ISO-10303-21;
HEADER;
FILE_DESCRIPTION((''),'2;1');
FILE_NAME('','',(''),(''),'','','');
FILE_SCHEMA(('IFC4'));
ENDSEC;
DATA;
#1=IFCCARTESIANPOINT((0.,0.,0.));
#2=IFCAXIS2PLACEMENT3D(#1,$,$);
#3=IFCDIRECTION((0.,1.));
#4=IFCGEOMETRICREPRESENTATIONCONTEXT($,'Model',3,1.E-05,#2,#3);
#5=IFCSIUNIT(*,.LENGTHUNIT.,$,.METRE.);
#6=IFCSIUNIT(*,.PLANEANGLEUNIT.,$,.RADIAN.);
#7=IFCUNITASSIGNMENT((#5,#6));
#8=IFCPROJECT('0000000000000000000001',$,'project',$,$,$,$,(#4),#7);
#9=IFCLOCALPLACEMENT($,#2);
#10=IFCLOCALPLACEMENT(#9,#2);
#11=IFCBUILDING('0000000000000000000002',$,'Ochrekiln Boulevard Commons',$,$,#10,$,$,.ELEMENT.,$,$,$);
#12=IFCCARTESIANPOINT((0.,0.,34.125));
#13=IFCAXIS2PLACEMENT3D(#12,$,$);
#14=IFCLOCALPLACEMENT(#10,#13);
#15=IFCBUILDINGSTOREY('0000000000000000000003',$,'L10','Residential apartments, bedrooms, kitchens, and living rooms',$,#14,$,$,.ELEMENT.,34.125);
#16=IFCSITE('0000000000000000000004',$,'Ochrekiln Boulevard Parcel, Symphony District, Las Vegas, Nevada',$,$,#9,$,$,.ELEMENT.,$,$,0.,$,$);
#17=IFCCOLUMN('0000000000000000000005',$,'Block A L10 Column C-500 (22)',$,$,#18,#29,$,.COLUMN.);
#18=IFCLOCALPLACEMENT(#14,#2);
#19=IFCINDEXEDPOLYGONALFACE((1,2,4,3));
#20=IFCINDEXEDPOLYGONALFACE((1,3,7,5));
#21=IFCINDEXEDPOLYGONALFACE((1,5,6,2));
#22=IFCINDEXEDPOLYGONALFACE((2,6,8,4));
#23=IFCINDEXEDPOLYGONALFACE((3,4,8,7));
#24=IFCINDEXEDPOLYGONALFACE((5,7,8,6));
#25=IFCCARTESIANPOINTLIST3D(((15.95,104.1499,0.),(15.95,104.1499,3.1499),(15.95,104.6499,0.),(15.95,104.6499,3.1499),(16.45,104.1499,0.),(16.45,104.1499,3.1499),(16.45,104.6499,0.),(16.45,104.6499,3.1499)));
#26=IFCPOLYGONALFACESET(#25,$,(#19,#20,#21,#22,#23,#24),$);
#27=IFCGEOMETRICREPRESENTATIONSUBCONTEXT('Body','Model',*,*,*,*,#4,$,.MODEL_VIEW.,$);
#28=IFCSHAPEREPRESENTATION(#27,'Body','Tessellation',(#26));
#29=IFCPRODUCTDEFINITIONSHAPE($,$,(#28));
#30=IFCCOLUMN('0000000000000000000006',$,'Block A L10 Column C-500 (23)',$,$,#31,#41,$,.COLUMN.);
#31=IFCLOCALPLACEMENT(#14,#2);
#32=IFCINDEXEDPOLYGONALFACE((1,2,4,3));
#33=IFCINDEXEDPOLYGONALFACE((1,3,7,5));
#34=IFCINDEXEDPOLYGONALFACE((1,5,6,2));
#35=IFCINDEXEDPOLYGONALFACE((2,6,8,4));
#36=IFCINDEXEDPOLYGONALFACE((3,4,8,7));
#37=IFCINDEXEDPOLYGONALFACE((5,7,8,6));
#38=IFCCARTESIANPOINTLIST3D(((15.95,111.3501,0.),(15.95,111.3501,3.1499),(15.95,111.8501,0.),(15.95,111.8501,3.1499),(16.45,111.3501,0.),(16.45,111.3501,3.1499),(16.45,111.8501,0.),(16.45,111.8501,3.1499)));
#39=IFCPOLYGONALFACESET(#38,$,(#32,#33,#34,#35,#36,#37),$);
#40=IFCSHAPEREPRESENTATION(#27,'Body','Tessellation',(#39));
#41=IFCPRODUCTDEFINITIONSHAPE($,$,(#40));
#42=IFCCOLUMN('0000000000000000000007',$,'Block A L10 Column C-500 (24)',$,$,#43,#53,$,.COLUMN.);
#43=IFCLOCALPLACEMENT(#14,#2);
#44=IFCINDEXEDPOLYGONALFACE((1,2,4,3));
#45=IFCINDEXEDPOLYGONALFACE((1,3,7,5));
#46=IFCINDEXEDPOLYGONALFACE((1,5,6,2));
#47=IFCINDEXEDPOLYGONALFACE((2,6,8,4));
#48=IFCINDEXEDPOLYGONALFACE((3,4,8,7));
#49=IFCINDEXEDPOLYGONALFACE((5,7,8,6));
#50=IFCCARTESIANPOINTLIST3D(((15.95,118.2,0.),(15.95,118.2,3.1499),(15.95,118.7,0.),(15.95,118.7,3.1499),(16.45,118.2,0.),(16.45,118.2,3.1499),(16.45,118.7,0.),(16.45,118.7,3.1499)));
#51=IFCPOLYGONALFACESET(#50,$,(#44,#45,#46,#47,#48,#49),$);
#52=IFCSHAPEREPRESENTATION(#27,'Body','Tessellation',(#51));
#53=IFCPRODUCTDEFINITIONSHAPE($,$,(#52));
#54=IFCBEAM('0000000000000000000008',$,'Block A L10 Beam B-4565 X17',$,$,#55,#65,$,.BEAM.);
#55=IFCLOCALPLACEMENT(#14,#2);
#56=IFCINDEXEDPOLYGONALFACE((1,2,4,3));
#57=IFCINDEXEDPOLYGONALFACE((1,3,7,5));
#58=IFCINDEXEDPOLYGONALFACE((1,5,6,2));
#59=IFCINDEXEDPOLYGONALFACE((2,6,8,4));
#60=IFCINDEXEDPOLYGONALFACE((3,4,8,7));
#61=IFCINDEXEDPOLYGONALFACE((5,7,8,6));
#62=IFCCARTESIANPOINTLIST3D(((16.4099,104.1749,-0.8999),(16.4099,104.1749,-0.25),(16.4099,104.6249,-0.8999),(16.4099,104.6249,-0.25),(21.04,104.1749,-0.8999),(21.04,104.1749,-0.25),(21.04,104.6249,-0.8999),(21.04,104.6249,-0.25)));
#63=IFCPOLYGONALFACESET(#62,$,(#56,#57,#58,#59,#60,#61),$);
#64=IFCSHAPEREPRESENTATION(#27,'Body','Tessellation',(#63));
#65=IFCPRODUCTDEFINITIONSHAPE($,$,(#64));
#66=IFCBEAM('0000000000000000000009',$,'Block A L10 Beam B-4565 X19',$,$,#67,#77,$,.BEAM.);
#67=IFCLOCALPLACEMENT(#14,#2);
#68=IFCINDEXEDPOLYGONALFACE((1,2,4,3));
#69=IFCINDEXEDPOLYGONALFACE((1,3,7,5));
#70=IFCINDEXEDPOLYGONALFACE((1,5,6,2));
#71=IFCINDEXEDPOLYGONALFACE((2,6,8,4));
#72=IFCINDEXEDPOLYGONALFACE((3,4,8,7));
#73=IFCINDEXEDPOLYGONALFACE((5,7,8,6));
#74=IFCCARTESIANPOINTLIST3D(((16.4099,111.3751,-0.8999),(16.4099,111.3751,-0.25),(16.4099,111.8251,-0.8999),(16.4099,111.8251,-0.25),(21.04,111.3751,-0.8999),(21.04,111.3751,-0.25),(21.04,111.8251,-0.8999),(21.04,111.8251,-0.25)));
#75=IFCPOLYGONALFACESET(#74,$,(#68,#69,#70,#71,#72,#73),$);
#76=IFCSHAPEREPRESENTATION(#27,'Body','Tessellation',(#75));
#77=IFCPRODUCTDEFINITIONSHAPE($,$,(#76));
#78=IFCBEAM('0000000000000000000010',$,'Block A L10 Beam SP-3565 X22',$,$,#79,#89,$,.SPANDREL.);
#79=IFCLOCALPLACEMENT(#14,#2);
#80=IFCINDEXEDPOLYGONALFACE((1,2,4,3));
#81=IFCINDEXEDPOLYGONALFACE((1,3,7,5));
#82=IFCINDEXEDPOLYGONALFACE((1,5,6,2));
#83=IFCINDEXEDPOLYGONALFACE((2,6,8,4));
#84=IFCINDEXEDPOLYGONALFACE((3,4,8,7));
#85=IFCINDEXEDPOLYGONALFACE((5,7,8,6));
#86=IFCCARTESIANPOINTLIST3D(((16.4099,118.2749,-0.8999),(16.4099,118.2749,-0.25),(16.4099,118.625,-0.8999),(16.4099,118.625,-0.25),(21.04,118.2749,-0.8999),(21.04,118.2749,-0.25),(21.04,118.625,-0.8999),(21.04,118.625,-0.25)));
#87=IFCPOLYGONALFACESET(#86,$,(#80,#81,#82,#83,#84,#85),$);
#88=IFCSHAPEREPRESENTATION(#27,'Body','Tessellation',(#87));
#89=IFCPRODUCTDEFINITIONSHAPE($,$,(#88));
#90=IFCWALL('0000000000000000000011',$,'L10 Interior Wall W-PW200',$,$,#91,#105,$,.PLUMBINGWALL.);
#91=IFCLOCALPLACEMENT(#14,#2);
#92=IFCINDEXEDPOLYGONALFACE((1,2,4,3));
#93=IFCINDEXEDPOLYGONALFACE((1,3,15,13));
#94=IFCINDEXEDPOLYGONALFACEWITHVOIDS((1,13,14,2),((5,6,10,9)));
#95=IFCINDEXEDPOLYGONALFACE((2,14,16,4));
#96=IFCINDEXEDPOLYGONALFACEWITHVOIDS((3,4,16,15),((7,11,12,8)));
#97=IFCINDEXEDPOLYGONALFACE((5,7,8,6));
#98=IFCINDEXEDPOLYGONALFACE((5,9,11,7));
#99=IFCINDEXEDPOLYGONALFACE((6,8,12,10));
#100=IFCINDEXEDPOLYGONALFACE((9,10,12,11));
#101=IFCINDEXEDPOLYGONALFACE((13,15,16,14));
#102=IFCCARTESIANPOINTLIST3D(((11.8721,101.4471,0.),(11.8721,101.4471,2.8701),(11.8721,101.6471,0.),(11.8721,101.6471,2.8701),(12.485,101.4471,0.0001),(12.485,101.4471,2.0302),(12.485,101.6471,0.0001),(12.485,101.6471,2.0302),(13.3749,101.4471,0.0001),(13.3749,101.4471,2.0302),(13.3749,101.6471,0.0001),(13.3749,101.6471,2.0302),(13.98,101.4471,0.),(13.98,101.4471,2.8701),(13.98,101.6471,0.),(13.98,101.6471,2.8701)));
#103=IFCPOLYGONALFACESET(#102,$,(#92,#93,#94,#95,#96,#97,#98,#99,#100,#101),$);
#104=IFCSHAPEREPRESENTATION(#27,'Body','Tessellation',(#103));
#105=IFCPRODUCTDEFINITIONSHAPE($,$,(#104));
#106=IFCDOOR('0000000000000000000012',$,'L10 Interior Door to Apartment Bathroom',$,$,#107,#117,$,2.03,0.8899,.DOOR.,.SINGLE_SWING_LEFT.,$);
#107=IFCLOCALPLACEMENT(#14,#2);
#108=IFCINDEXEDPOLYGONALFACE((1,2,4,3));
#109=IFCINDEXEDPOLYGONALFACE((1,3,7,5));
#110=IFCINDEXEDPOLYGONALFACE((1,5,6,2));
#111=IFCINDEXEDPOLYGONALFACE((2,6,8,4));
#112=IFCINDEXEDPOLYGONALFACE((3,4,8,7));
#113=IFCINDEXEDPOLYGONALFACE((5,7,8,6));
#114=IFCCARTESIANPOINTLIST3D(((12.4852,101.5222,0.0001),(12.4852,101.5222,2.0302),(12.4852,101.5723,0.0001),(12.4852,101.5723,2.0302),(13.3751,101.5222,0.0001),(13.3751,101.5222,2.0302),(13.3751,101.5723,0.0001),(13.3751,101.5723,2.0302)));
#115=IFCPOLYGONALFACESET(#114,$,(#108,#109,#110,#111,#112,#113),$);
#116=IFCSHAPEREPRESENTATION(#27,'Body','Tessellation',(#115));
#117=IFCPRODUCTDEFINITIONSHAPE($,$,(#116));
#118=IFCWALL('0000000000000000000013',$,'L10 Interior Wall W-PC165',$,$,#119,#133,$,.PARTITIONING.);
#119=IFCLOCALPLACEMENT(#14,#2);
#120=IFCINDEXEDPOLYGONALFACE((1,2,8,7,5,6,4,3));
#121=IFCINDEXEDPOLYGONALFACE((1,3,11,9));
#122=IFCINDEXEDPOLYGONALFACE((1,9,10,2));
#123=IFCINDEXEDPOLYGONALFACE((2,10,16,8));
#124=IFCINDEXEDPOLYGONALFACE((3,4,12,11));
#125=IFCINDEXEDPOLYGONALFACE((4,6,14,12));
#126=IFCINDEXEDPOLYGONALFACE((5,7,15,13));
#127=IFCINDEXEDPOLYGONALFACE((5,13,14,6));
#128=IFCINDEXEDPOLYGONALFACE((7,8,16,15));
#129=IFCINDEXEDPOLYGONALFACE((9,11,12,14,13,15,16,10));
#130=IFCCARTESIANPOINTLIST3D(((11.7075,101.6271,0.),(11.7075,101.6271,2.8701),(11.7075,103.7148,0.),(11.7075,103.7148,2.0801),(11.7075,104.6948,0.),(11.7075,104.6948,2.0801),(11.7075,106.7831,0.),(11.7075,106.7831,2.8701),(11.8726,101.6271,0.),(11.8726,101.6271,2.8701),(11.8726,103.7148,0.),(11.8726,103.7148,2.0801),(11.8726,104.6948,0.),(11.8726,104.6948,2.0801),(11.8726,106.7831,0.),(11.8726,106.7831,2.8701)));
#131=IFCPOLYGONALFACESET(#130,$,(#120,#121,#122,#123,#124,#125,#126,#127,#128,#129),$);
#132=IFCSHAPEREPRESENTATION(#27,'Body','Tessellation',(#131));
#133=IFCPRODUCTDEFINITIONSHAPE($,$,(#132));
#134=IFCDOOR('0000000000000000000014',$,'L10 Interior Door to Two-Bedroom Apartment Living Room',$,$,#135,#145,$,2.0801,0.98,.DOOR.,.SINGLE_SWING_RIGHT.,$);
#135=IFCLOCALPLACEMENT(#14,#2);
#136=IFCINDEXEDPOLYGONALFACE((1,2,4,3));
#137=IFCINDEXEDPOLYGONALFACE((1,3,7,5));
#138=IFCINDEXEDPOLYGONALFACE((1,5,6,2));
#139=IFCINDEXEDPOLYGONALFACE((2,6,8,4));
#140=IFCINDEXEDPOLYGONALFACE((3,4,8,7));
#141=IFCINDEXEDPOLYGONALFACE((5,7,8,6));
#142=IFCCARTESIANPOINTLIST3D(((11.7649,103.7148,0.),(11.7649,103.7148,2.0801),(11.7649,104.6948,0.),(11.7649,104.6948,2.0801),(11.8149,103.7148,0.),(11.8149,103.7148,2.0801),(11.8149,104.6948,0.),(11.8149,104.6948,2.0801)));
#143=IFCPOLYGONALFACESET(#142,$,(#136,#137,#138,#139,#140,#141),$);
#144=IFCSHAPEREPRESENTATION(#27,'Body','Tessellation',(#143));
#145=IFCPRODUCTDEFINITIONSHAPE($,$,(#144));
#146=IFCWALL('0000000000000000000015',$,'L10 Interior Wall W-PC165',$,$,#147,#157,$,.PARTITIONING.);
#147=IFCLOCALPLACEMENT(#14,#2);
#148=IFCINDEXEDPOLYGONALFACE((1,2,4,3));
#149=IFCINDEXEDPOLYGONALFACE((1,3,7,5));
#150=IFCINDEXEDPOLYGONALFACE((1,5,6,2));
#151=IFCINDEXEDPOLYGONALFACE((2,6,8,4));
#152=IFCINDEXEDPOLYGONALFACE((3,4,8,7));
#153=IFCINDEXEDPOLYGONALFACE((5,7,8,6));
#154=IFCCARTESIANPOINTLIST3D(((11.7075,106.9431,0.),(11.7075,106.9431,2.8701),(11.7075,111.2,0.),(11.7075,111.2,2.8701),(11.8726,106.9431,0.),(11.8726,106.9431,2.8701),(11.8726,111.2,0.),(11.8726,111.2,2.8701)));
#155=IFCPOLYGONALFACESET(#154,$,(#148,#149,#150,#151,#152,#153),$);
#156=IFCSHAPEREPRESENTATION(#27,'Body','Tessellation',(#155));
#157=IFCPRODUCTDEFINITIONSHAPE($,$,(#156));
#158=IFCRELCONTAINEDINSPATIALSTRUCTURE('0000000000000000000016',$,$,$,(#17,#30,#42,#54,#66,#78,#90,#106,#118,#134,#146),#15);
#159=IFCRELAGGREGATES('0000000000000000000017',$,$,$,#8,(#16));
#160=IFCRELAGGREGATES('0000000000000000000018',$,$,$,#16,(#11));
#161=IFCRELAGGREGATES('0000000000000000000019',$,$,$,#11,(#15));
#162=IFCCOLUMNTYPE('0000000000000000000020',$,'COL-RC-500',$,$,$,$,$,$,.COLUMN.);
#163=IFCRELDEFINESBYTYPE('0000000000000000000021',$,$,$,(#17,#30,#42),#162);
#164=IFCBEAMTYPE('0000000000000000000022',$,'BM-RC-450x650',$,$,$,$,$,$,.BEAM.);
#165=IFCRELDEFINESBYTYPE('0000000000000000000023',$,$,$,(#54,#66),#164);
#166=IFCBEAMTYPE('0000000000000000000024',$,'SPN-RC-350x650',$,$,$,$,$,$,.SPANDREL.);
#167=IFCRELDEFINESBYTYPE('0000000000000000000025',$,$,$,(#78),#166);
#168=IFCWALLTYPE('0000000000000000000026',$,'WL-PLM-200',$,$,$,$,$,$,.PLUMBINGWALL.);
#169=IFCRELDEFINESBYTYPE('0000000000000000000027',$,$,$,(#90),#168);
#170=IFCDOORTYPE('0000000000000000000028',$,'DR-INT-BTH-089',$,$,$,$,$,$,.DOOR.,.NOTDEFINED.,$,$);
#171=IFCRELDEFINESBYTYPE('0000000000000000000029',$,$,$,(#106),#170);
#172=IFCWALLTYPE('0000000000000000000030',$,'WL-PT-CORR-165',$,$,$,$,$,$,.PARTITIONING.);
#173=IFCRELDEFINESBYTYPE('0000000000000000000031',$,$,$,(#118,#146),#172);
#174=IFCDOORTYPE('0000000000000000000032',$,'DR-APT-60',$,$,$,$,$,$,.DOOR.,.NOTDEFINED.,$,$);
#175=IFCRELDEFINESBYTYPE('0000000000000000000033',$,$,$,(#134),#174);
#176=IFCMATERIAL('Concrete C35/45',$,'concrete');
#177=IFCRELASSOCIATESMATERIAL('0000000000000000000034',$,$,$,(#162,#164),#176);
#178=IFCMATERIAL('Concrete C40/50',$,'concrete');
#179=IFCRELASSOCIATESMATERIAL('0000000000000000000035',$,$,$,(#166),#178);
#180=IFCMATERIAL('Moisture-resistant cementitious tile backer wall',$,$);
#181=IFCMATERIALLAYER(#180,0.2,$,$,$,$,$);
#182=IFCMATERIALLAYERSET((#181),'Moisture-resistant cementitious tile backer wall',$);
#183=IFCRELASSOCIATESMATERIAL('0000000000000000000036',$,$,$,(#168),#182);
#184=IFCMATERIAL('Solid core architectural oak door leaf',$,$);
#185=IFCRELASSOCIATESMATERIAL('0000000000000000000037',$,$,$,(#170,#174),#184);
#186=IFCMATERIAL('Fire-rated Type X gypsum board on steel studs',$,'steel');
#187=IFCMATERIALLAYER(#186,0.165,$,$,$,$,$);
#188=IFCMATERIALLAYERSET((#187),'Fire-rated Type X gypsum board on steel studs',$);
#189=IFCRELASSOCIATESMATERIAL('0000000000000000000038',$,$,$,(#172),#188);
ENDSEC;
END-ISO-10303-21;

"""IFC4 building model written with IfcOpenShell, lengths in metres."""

from ifc_helpers import new_model, si_unit, direction, frame, frame_2d, origin, origin_2d, place, context, subcontext, project, spatial, rectangle, extrude, material, layer, layer_set, material_profile, profile_set, type_object, element, fill, save


model = new_model("IFC4")

# Units and contexts
model_context = context("Model", 3, precision=1e-05, world=origin(), true_north=direction((0.0, 1.0)))
body_context = subcontext(model_context, "Body", "Model", "MODEL_VIEW")
ifc_project = project(units=[si_unit("LENGTHUNIT", "METRE"), si_unit("PLANEANGLEUNIT", "RADIAN")], contexts=[model_context])

# Site, building, storey
site_placement = place(None, origin())
site = spatial("IfcSite", under=ifc_project, at=site_placement, Name="Ochrekiln Boulevard Parcel, Symphony District, Las Vegas, Nevada", CompositionType="ELEMENT", RefElevation=0.0)
building_placement = place(site_placement, origin())
building = spatial("IfcBuilding", under=site, at=building_placement, Name="Ochrekiln Boulevard Commons", CompositionType="ELEMENT")
storey_placement = place(building_placement, frame((0.0, 0.0, 34.125)))
storey = spatial("IfcBuildingStorey", under=building, at=storey_placement, Name="L10", Description="Residential apartments, bedrooms, kitchens, and living rooms", CompositionType="ELEMENT", Elevation=34.125)

# Columns
ifc_material_1 = material(Name="Concrete C35/45", Category="concrete")
ifc_material_profile_1 = material_profile(ifc_material_1, rectangle(XDim=0.5, YDim=0.5, at=origin_2d()), Name="RC-COL-500x500")
ifc_profile_set_1 = profile_set([ifc_material_profile_1], Name="Concrete C35/45")
column_type = type_object("IfcColumnType", Name="COL-RC-500", PredefinedType="COLUMN", material=ifc_profile_set_1)
for number, where, z_axis, x_axis, name in (
    (1, (16.2, 104.3999, 0.0), (0.0, 0.0, 1.0), (1.0, 0.0, 0.0), "Block A L10 Column C-500 (22)"),
    (2, (16.2, 111.6001, 0.0), (0.0, 0.0, 1.0), (1.0, 0.0, 0.0), "Block A L10 Column C-500 (23)"),
    (3, (16.2, 118.45, 0.0), (0.0, 0.0, 1.0), (1.0, 0.0, 0.0), "Block A L10 Column C-500 (24)"),
):
    element("IfcColumn", number, at=place(storey_placement, frame(where, z_axis=z_axis, x_axis=x_axis)), inside=storey, type_object=column_type, Name=name, PredefinedType="COLUMN", context=body_context, shape_type="SweptSolid", body=[
        extrude(rectangle(XDim=0.5, YDim=0.5, at=origin_2d()), origin(), (0.0, 0.0, 1.0), 3.1499),
    ])

# Beams
ifc_material_profile_2 = material_profile(ifc_material_1, rectangle(XDim=0.45, YDim=0.6499, at=origin_2d()), Name="RC-BM-450x650")
ifc_profile_set_2 = profile_set([ifc_material_profile_2], Name="Concrete C35/45")
beam_type_1 = type_object("IfcBeamType", Name="BM-RC-450x650", PredefinedType="BEAM", material=ifc_profile_set_2)
for number, where, z_axis, x_axis, name in (
    (4, (16.4099, 104.3999, -0.575), (1.0, 0.0, 0.0), (0.0, 1.0, 0.0), "Block A L10 Beam B-4565 X17"),
    (5, (16.4099, 111.6001, -0.575), (1.0, 0.0, 0.0), (0.0, 1.0, 0.0), "Block A L10 Beam B-4565 X19"),
):
    element("IfcBeam", number, at=place(storey_placement, frame(where, z_axis=z_axis, x_axis=x_axis)), inside=storey, type_object=beam_type_1, Name=name, PredefinedType="BEAM", context=body_context, shape_type="SweptSolid", body=[
        extrude(rectangle(XDim=0.45, YDim=0.6499, at=origin_2d()), origin(), (0.0, 0.0, 1.0), 4.6301),
    ])
ifc_material_2 = material(Name="Concrete C40/50", Category="concrete")
ifc_material_profile_3 = material_profile(ifc_material_2, rectangle(XDim=0.3501, YDim=0.6499, at=origin_2d()), Name="RC-SPN-350x650")
ifc_profile_set_3 = profile_set([ifc_material_profile_3], Name="Concrete C40/50")
beam_type_2 = type_object("IfcBeamType", Name="SPN-RC-350x650", PredefinedType="SPANDREL", material=ifc_profile_set_3)
beam_placement = place(storey_placement, frame((16.4099, 118.45, -0.575), z_axis=(1.0, 0.0, 0.0), x_axis=(0.0, 1.0, 0.0)))
element("IfcBeam", 6, at=beam_placement, inside=storey, type_object=beam_type_2, Name="Block A L10 Beam SP-3565 X22", PredefinedType="SPANDREL", context=body_context, shape_type="SweptSolid", body=[
    extrude(rectangle(XDim=0.3501, YDim=0.6499, at=origin_2d()), origin(), (0.0, 0.0, 1.0), 4.6301),
])

# Walls, openings, doors
ifc_material_3 = material(Name="Moisture-resistant cementitious tile backer wall")
ifc_layer_1 = layer(ifc_material_3, 0.2)
ifc_layer_set_1 = layer_set([ifc_layer_1], Name="Moisture-resistant cementitious tile backer wall")
wall_type_1 = type_object("IfcWallType", Name="WL-PLM-200", PredefinedType="PLUMBINGWALL", material=ifc_layer_set_1)
wall_1_placement = place(storey_placement, frame((11.8721, 101.5471, 0.0), z_axis=(0.0, 0.0, 1.0), x_axis=(1.0, 0.0, 0.0)))
wall_1 = element("IfcWall", 7, at=wall_1_placement, inside=storey, type_object=wall_type_1, Name="L10 Interior Wall W-PW200", PredefinedType="PLUMBINGWALL", context=body_context, shape_type="SweptSolid", body=[
    extrude(rectangle(XDim=2.1079, YDim=0.2, at=frame_2d((1.054, 0.0))), origin(), (0.0, 0.0, 1.0), 2.8701),
])
opening_1_placement = place(wall_1_placement, frame((0.613, 0.0, 0.0)))
opening_1 = element("IfcOpeningElement", 8, at=opening_1_placement, cuts=wall_1, PredefinedType="OPENING", context=body_context, shape_type="SweptSolid", body=[
    extrude(rectangle(XDim=0.8899, YDim=2.03, at=frame_2d((0.4448, 1.0151))), frame((0.0, 0.1099, 0.0), z_axis=(0.0, -1.0, 0.0), x_axis=(1.0, 0.0, 0.0)), (0.0, 0.0, 1.0), 0.22),
])
ifc_material_4 = material(Name="Solid core architectural oak door leaf")
door_type_1 = type_object("IfcDoorType", Name="DR-INT-BTH-089", OperationType="NOTDEFINED", PredefinedType="DOOR", material=ifc_material_4)
door_1_placement = place(opening_1_placement, frame((0.8899, 0.0, 0.0), z_axis=(0.0, 0.0, 1.0), x_axis=(-1.0, 0.0, 0.0)))
door_1 = element("IfcDoor", 9, at=door_1_placement, inside=storey, type_object=door_type_1, Name="L10 Interior Door to Apartment Bathroom", OperationType="SINGLE_SWING_LEFT", OverallHeight=2.03, OverallWidth=0.8899, PredefinedType="DOOR", context=body_context, shape_type="SweptSolid", body=[
    extrude(rectangle(XDim=0.8899, YDim=2.03, at=frame_2d((0.4448, 1.0151))), frame((0.0, 0.0249, 0.0), z_axis=(0.0, -1.0, 0.0), x_axis=(1.0, 0.0, 0.0)), (0.0, 0.0, 1.0), 0.05),
])
fill(opening_1, door_1)
ifc_material_5 = material(Name="Fire-rated Type X gypsum board on steel studs", Category="steel")
ifc_layer_2 = layer(ifc_material_5, 0.165)
ifc_layer_set_2 = layer_set([ifc_layer_2], Name="Fire-rated Type X gypsum board on steel studs")
wall_type_2 = type_object("IfcWallType", Name="WL-PT-CORR-165", PredefinedType="PARTITIONING", material=ifc_layer_set_2)
wall_2_placement = place(storey_placement, frame((11.79, 101.627, 0.0), z_axis=(0.0, 0.0, 1.0), x_axis=(0.0, 1.0, 0.0)))
wall_2 = element("IfcWall", 10, at=wall_2_placement, inside=storey, type_object=wall_type_2, Name="L10 Interior Wall W-PC165", PredefinedType="PARTITIONING", context=body_context, shape_type="SweptSolid", body=[
    extrude(rectangle(XDim=5.156, YDim=0.165, at=frame_2d((2.5781, 0.0))), origin(), (0.0, 0.0, 1.0), 2.8701),
])
opening_2_placement = place(wall_2_placement, frame((2.0879, 0.0, 0.0)))
opening_2 = element("IfcOpeningElement", 11, at=opening_2_placement, cuts=wall_2, PredefinedType="OPENING", context=body_context, shape_type="SweptSolid", body=[
    extrude(rectangle(XDim=0.98, YDim=2.0801, at=frame_2d((0.49, 1.04))), frame((0.0, 0.0925, 0.0), z_axis=(0.0, -1.0, 0.0), x_axis=(1.0, 0.0, 0.0)), (0.0, 0.0, 1.0), 0.1851),
])
door_type_2 = type_object("IfcDoorType", Name="DR-APT-60", OperationType="NOTDEFINED", PredefinedType="DOOR", material=ifc_material_4)
door_2_placement = place(opening_2_placement, frame((0.98, 0.0, 0.0), z_axis=(0.0, 0.0, 1.0), x_axis=(-1.0, 0.0, 0.0)))
door_2 = element("IfcDoor", 12, at=door_2_placement, inside=storey, type_object=door_type_2, Name="L10 Interior Door to Two-Bedroom Apartment Living Room", OperationType="SINGLE_SWING_RIGHT", OverallHeight=2.0801, OverallWidth=0.98, PredefinedType="DOOR", context=body_context, shape_type="SweptSolid", body=[
    extrude(rectangle(XDim=0.98, YDim=2.0801, at=frame_2d((0.49, 1.04))), frame((0.0, 0.0249, 0.0), z_axis=(0.0, -1.0, 0.0), x_axis=(1.0, 0.0, 0.0)), (0.0, 0.0, 1.0), 0.05),
])
fill(opening_2, door_2)

# Wall
wall_3_placement = place(storey_placement, frame((11.79, 106.9431, 0.0), z_axis=(0.0, 0.0, 1.0), x_axis=(0.0, 1.0, 0.0)))
element("IfcWall", 13, at=wall_3_placement, inside=storey, type_object=wall_type_2, Name="L10 Interior Wall W-PC165", PredefinedType="PARTITIONING", context=body_context, shape_type="SweptSolid", body=[
    extrude(rectangle(XDim=4.2568, YDim=0.165, at=frame_2d((2.1284, 0.0))), origin(), (0.0, 0.0, 1.0), 2.8701),
])

save(model, "model.ifc")
